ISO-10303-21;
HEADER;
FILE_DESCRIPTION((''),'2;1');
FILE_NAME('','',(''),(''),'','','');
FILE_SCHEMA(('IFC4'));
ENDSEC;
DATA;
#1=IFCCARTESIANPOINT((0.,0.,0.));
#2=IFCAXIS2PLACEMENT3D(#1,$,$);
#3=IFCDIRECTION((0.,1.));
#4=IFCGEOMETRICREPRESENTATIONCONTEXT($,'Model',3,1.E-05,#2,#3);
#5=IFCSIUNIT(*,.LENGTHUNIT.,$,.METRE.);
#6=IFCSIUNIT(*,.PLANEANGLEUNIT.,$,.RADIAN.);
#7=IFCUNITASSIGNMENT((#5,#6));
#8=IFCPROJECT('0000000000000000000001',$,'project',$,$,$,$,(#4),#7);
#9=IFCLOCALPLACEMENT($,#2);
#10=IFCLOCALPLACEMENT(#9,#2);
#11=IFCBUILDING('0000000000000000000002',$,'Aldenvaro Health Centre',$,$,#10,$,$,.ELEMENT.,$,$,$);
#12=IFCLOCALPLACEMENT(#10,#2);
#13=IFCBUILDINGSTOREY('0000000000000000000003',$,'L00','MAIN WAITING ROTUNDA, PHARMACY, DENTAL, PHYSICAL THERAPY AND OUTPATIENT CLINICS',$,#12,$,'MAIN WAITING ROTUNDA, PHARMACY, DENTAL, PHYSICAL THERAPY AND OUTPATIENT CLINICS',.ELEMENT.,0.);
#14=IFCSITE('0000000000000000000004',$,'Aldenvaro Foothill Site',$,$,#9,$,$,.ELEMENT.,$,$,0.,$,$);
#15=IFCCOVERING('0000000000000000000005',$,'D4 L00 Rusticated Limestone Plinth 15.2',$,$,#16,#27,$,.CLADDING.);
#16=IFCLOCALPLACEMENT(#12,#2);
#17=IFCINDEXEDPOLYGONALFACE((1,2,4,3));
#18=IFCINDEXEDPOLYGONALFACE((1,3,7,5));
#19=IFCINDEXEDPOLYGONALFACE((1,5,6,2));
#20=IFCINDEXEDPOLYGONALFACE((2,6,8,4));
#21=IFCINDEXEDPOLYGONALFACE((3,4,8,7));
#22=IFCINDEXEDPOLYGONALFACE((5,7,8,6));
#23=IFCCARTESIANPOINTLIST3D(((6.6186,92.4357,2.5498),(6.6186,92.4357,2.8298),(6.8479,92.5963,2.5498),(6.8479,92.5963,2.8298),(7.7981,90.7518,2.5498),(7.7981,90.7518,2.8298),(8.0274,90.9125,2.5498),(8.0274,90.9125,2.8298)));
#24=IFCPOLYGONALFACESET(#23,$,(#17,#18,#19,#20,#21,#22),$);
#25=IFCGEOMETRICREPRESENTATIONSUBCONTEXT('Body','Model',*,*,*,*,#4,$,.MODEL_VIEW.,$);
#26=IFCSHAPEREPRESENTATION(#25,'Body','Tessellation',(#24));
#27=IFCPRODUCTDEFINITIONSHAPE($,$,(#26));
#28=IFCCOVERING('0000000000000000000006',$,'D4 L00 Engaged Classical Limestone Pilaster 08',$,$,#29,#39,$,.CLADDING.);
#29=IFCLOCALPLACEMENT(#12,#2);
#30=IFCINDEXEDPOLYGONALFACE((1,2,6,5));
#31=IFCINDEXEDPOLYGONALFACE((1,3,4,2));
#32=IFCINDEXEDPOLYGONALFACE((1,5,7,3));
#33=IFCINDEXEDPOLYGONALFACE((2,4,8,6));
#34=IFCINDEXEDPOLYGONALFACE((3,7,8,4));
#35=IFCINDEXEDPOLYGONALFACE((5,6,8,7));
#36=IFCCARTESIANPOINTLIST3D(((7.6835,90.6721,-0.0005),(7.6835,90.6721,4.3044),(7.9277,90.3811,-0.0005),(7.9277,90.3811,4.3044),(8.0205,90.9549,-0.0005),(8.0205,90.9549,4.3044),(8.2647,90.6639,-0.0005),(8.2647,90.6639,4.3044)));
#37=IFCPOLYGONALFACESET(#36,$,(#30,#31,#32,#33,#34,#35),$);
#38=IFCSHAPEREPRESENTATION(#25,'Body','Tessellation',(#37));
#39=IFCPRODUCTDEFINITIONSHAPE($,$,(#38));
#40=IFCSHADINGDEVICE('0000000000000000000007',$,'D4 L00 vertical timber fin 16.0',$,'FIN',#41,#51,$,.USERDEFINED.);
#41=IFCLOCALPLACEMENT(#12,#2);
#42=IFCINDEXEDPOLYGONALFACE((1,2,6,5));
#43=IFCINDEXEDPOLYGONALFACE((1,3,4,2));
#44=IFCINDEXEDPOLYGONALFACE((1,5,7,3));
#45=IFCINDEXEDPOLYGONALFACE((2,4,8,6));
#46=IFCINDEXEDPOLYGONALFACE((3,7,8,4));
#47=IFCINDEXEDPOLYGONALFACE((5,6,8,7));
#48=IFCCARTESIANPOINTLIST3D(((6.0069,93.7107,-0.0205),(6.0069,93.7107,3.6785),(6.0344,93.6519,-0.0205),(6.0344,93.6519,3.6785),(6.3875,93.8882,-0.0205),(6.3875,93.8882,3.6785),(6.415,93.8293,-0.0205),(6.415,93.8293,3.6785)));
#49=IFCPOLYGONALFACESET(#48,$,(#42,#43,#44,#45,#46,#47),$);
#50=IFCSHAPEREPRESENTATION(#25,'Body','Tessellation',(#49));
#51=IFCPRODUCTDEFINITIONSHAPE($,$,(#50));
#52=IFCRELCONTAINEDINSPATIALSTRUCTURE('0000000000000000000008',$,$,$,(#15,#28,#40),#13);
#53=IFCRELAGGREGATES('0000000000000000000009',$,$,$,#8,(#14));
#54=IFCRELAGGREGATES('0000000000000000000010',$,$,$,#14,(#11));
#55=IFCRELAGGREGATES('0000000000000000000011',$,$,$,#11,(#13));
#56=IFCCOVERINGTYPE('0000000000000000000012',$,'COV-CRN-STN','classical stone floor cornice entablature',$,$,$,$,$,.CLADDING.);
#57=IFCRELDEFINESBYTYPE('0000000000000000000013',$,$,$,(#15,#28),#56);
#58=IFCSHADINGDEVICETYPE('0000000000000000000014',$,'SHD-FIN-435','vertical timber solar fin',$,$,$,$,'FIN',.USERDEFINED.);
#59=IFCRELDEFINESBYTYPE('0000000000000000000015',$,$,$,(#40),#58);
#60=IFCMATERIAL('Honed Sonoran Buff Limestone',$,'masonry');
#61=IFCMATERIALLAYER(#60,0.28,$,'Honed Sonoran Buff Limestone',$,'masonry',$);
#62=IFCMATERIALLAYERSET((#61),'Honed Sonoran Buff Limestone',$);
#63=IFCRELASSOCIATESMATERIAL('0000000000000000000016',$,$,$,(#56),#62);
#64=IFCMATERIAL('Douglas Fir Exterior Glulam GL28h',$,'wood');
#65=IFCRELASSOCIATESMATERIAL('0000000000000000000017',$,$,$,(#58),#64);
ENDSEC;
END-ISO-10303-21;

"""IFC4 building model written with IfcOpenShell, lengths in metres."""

from ifc_helpers import new_model, si_unit, direction, frame, origin, origin_2d, place, context, subcontext, project, spatial, rectangle, extrude, material, layer, layer_set, type_object, element, save


model = new_model("IFC4")

# Units and contexts
model_context = context("Model", 3, precision=1e-05, world=origin(), true_north=direction((0.0, 1.0)))
body_context = subcontext(model_context, "Body", "Model", "MODEL_VIEW")
ifc_project = project(units=[si_unit("LENGTHUNIT", "METRE"), si_unit("PLANEANGLEUNIT", "RADIAN")], contexts=[model_context])

# Site, building, storey
site_placement = place(None, origin())
site = spatial("IfcSite", under=ifc_project, at=site_placement, Name="Aldenvaro Foothill Site", CompositionType="ELEMENT", RefElevation=0.0)
building_placement = place(site_placement, origin())
building = spatial("IfcBuilding", under=site, at=building_placement, Name="Aldenvaro Health Centre", CompositionType="ELEMENT")
storey_placement = place(building_placement, origin())
storey = spatial("IfcBuildingStorey", under=building, at=storey_placement, Name="L00", Description="MAIN WAITING ROTUNDA, PHARMACY, DENTAL, PHYSICAL THERAPY AND OUTPATIENT CLINICS", LongName="MAIN WAITING ROTUNDA, PHARMACY, DENTAL, PHYSICAL THERAPY AND OUTPATIENT CLINICS", CompositionType="ELEMENT", Elevation=0.0)

# Coverings
ifc_material_1 = material(Name="Honed Sonoran Buff Limestone", Category="masonry")
ifc_layer_1 = layer(ifc_material_1, 0.28, Name="Honed Sonoran Buff Limestone", Category="masonry")
ifc_layer_set_1 = layer_set([ifc_layer_1], Name="Honed Sonoran Buff Limestone")
covering_type = type_object("IfcCoveringType", Name="COV-CRN-STN", Description="classical stone floor cornice entablature", PredefinedType="CLADDING", material=ifc_layer_set_1)
covering_1_placement = place(storey_placement, frame((7.323, 91.6741, 2.5498), z_axis=(0.0, 0.0, 1.0), x_axis=(-0.573721, 0.819051, 0.0)))
element("IfcCovering", 1, at=covering_1_placement, inside=storey, type_object=covering_type, Name="D4 L00 Rusticated Limestone Plinth 15.2", PredefinedType="CLADDING", context=body_context, shape_type="SweptSolid", body=[
    extrude(rectangle(XDim=2.0559, YDim=0.28, at=origin_2d()), origin(), (0.0, 0.0, 1.0), 0.28),
])
covering_2_placement = place(storey_placement, frame((7.9741, 90.668, -0.0005), z_axis=(0.0, 0.0, 1.0), x_axis=(-0.766058, -0.642772, 0.0)))
element("IfcCovering", 2, at=covering_2_placement, inside=storey, type_object=covering_type, Name="D4 L00 Engaged Classical Limestone Pilaster 08", PredefinedType="CLADDING", context=body_context, shape_type="SweptSolid", body=[
    extrude(rectangle(XDim=0.4399, YDim=0.3799, at=origin_2d()), origin(), (0.0, 0.0, 1.0), 4.3049),
])

# Shading device
ifc_material_2 = material(Name="Douglas Fir Exterior Glulam GL28h", Category="wood")
shading_device_type = type_object("IfcShadingDeviceType", Name="SHD-FIN-435", Description="vertical timber solar fin", ElementType="FIN", PredefinedType="USERDEFINED", material=ifc_material_2)
shading_device_placement = place(storey_placement, frame((6.2109, 93.77, -0.0205), z_axis=(0.0, 0.0, 1.0), x_axis=(-0.422557, 0.906336, 0.0)))
element("IfcShadingDevice", 3, at=shading_device_placement, inside=storey, type_object=shading_device_type, Name="D4 L00 vertical timber fin 16.0", ObjectType="FIN", PredefinedType="USERDEFINED", context=body_context, shape_type="SweptSolid", body=[
    extrude(rectangle(XDim=0.0649, YDim=0.4199, at=origin_2d()), origin(), (0.0, 0.0, 1.0), 3.699),
])

save(model, "model.ifc")
